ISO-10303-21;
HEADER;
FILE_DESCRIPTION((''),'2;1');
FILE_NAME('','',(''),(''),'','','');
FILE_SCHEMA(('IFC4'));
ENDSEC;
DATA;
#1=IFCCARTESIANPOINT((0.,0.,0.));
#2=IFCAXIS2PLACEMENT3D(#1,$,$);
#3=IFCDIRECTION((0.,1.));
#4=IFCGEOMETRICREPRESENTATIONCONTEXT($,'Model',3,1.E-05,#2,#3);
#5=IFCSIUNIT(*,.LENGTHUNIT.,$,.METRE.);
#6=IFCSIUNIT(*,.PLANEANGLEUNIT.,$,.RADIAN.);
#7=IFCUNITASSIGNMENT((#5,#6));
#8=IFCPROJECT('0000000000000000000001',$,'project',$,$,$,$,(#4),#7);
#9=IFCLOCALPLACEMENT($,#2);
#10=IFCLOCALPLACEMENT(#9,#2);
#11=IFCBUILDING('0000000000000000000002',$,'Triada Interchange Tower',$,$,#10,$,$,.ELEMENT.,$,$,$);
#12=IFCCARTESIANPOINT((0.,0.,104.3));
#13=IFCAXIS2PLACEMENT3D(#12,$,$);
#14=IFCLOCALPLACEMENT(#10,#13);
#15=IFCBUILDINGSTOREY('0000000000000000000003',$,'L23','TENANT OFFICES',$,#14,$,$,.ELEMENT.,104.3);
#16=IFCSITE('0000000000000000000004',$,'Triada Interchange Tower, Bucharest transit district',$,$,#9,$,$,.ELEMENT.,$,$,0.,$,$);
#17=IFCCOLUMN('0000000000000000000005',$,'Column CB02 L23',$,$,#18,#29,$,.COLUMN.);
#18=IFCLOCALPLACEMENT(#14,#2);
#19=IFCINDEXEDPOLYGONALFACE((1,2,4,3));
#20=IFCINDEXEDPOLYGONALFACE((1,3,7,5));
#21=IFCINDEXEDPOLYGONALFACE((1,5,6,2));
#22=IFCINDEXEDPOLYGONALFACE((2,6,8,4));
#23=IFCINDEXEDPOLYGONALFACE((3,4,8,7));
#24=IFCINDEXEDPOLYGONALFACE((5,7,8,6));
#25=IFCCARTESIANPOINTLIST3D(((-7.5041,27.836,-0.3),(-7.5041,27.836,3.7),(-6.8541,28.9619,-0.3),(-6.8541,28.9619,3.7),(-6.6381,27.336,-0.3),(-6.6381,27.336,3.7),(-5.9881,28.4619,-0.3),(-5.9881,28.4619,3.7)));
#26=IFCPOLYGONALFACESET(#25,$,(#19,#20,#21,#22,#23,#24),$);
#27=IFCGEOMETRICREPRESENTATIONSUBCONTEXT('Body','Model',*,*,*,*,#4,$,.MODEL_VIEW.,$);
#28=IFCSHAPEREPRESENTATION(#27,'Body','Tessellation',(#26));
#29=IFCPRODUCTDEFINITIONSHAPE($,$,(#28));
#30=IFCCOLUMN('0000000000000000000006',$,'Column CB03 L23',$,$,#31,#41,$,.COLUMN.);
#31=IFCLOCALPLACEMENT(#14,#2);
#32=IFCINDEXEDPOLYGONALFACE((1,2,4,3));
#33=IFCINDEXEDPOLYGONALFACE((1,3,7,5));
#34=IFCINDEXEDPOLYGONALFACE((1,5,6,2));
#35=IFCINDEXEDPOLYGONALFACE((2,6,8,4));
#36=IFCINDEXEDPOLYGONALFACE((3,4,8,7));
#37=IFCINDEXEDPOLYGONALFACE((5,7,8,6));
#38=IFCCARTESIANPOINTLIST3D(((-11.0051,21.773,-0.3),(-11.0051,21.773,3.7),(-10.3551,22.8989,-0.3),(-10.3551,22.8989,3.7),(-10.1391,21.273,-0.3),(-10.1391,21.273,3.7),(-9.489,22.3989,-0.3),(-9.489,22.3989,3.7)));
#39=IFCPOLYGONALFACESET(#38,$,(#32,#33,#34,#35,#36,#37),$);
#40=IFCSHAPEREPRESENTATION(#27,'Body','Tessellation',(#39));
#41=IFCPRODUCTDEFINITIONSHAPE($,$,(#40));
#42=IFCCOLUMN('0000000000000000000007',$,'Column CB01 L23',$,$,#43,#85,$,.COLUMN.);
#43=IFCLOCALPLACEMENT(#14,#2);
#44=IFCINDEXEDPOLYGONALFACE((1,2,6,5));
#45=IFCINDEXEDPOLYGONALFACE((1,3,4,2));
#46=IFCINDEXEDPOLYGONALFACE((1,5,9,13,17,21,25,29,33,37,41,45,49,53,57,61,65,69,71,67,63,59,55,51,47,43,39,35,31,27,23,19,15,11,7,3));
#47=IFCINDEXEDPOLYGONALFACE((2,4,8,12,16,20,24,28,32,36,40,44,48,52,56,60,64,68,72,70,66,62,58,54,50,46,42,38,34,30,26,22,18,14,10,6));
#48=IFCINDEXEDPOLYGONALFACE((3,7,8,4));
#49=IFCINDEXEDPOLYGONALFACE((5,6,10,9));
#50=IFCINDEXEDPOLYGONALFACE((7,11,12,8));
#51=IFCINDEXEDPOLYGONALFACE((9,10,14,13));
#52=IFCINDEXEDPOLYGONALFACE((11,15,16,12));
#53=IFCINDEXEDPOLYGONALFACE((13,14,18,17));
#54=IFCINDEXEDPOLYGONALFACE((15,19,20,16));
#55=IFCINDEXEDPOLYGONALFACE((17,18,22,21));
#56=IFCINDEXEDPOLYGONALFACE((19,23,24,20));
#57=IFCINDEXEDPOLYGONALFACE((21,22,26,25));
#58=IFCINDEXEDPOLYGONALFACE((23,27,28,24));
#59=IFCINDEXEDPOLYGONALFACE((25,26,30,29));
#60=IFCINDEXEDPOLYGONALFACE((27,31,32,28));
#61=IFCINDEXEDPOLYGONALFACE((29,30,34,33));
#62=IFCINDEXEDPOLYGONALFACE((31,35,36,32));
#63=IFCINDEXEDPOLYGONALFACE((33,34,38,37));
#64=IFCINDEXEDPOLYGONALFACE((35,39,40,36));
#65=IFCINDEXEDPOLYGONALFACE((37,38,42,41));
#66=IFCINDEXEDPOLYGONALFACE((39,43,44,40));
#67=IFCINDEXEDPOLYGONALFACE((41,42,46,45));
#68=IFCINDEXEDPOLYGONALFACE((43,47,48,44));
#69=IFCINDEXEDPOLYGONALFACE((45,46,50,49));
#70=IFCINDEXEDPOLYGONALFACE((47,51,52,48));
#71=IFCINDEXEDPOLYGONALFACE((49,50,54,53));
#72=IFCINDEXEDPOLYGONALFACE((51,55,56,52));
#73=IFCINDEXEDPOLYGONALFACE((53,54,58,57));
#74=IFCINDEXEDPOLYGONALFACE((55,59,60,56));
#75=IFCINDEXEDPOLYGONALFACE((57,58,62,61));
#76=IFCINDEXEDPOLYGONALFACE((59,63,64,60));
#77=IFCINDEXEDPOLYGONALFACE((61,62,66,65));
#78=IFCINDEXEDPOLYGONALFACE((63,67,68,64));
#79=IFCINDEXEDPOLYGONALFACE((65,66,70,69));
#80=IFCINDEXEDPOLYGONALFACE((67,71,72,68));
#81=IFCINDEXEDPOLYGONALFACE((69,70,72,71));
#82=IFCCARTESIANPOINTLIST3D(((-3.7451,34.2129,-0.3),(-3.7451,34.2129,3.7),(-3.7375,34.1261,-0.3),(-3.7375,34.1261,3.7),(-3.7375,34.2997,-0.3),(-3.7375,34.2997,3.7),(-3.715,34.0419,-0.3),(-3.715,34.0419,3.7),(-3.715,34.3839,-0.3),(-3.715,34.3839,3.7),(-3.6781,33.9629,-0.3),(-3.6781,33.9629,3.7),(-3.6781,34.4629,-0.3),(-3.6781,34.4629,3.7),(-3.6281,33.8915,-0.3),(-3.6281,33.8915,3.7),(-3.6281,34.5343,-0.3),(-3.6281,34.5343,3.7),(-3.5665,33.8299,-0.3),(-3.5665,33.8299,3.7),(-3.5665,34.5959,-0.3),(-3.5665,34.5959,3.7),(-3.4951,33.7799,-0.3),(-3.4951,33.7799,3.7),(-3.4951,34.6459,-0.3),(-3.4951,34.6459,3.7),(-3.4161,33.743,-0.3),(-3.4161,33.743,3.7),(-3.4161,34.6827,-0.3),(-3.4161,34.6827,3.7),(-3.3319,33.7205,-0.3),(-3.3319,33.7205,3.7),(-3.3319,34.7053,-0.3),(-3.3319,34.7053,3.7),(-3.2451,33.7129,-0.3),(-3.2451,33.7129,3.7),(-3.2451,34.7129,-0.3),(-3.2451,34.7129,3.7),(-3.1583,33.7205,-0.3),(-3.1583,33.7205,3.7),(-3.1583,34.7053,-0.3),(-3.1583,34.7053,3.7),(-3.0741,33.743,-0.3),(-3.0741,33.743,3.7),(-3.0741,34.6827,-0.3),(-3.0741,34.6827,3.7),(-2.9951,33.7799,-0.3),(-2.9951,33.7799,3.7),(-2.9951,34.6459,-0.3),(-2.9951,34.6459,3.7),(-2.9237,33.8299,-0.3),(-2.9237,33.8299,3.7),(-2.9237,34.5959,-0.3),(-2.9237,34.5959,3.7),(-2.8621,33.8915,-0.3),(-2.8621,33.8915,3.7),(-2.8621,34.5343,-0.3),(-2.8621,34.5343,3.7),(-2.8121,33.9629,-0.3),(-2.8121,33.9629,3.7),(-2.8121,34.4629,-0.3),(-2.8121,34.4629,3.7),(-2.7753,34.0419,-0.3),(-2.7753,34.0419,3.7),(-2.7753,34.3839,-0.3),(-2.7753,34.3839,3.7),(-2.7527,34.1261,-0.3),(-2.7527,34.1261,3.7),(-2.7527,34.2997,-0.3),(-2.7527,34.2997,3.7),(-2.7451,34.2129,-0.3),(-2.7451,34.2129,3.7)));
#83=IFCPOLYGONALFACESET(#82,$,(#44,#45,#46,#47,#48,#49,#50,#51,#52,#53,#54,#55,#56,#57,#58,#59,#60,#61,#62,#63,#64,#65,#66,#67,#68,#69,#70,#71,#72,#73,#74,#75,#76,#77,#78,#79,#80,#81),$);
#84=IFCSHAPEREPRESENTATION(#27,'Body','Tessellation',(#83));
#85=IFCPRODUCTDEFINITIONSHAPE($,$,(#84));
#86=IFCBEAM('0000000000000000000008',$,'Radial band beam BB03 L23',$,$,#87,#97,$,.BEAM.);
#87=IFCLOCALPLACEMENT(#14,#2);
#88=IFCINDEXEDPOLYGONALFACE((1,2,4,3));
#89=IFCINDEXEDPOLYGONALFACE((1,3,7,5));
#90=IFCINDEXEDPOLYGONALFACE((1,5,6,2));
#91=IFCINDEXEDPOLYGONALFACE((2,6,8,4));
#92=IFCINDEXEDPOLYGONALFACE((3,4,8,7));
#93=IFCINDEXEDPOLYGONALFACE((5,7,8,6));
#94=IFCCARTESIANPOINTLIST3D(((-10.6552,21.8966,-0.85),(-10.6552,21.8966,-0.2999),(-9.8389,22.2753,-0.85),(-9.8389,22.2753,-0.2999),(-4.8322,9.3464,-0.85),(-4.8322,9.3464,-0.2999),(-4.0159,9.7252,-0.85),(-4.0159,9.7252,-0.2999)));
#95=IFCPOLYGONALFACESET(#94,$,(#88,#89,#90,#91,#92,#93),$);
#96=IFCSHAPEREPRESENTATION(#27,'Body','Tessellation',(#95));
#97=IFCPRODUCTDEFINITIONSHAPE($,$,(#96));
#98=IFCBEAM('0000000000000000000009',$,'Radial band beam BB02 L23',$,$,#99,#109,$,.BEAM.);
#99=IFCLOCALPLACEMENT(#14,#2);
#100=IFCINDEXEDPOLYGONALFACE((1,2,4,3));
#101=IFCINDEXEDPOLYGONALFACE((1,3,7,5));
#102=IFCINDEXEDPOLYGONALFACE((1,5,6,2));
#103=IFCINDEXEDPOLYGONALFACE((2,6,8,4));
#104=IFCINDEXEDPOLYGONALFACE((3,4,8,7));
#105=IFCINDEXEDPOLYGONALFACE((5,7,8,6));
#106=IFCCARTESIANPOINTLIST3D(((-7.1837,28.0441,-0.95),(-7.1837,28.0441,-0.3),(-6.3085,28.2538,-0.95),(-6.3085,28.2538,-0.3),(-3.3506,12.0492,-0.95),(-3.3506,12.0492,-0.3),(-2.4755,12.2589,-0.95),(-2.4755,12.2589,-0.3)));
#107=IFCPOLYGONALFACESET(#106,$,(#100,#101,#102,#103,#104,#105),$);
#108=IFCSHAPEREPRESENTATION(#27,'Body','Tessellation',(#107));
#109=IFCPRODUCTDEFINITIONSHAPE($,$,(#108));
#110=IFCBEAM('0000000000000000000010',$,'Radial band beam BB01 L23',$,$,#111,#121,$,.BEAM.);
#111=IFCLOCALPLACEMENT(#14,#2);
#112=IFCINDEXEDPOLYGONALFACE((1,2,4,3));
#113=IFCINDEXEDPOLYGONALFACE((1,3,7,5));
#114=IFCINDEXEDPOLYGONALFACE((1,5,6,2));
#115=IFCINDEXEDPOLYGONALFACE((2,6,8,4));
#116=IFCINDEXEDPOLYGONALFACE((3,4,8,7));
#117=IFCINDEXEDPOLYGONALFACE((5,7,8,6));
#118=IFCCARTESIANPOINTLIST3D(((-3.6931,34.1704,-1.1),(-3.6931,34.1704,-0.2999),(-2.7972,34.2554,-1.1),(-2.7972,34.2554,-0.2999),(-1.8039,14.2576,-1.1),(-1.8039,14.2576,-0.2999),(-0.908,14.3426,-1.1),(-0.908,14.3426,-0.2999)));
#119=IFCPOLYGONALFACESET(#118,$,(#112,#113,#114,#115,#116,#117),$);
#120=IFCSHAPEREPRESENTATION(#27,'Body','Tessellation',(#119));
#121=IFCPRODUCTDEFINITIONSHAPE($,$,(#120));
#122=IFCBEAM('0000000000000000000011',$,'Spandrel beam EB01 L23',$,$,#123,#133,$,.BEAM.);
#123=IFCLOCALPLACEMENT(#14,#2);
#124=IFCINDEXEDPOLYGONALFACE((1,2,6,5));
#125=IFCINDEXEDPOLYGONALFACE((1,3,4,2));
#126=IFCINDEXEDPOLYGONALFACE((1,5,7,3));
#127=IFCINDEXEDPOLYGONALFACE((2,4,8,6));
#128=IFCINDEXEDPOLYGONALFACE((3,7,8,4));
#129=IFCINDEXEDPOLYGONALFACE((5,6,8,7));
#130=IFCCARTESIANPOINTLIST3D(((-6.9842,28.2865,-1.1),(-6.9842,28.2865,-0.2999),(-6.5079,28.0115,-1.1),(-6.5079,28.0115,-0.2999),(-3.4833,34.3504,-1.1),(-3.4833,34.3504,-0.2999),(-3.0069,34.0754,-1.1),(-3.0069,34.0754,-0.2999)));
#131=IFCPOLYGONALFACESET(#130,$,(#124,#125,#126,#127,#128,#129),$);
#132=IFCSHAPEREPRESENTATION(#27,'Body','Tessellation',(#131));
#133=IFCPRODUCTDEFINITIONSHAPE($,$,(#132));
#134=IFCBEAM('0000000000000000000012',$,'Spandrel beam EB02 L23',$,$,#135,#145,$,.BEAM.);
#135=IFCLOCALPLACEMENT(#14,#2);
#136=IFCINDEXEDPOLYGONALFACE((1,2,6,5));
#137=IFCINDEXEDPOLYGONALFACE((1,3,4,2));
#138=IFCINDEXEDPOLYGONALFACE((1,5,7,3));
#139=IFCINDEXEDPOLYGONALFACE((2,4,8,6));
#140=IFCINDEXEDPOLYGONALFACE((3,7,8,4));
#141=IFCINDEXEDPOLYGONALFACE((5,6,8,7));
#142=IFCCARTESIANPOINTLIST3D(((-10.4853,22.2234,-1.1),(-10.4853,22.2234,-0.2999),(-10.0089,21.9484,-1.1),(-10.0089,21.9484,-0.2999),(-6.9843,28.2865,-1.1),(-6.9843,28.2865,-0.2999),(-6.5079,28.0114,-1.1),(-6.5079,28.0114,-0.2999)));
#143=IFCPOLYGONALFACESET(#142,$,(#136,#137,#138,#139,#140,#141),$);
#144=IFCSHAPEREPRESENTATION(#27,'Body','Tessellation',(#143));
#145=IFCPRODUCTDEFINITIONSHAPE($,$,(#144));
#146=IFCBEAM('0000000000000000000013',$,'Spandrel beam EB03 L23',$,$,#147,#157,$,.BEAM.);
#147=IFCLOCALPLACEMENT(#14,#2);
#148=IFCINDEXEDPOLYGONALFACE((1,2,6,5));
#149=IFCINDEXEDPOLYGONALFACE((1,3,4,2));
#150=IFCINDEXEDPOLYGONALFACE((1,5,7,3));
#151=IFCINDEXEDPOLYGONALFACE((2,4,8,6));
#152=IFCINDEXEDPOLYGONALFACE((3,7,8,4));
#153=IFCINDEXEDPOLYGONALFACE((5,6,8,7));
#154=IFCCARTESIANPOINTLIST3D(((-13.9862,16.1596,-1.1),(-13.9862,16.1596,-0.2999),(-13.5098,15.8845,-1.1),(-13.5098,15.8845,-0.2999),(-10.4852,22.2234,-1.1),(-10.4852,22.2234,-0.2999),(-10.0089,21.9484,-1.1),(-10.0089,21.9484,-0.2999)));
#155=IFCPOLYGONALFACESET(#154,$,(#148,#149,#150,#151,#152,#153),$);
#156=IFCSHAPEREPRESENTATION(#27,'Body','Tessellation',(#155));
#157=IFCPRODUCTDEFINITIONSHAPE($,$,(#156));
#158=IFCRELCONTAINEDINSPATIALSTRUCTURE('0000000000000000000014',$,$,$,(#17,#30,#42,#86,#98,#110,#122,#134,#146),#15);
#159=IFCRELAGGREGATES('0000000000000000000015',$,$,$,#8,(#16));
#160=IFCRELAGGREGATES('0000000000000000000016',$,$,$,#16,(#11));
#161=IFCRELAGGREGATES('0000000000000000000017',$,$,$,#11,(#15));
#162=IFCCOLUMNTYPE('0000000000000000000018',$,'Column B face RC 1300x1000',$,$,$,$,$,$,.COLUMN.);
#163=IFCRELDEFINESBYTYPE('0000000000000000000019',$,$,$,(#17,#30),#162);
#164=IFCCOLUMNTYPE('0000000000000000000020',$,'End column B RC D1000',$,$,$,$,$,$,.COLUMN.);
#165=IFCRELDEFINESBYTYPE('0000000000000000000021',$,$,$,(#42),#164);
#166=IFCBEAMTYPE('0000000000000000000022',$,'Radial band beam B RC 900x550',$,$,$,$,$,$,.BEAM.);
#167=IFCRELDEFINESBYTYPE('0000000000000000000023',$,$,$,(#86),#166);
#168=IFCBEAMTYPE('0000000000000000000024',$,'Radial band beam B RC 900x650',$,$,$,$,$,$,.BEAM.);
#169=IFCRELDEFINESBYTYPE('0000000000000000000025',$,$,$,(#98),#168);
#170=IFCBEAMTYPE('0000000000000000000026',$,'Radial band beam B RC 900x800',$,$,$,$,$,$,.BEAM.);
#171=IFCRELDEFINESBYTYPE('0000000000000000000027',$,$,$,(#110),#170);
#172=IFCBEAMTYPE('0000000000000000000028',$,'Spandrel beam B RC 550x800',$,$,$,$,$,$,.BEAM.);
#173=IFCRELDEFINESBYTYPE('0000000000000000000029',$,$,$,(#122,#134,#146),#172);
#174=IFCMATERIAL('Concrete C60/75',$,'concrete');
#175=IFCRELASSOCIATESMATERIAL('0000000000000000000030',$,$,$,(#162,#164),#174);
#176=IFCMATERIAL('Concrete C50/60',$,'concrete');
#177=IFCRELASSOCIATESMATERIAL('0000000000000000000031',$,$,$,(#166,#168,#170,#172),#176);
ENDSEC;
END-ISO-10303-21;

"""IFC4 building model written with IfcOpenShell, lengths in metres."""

from ifc_helpers import new_model, si_unit, direction, frame, origin, origin_2d, place, context, subcontext, project, spatial, rectangle, circle, extrude, material, material_profile, profile_set, type_object, element, save


model = new_model("IFC4")

# Units and contexts
model_context = context("Model", 3, precision=1e-05, world=origin(), true_north=direction((0.0, 1.0)))
body_context = subcontext(model_context, "Body", "Model", "MODEL_VIEW")
ifc_project = project(units=[si_unit("LENGTHUNIT", "METRE"), si_unit("PLANEANGLEUNIT", "RADIAN")], contexts=[model_context])

# Site, building, storey
site_placement = place(None, origin())
site = spatial("IfcSite", under=ifc_project, at=site_placement, Name="Triada Interchange Tower, Bucharest transit district", CompositionType="ELEMENT", RefElevation=0.0)
building_placement = place(site_placement, origin())
building = spatial("IfcBuilding", under=site, at=building_placement, Name="Triada Interchange Tower", CompositionType="ELEMENT")
storey_placement = place(building_placement, frame((0.0, 0.0, 104.3)))
storey = spatial("IfcBuildingStorey", under=building, at=storey_placement, Name="L23", Description="TENANT OFFICES", CompositionType="ELEMENT", Elevation=104.3)

# Columns
ifc_material_1 = material(Name="Concrete C60/75", Category="concrete")
ifc_material_profile_1 = material_profile(ifc_material_1, rectangle(XDim=1.3, YDim=1.0, at=origin_2d()), Name="RC 1300x1000")
ifc_profile_set_1 = profile_set([ifc_material_profile_1], Name="Concrete C60/75")
column_type_1 = type_object("IfcColumnType", Name="Column B face RC 1300x1000", PredefinedType="COLUMN", material=ifc_profile_set_1)
for number, where, z_axis, x_axis, name in (
    (1, (-6.7461, 28.1489, -0.3), (0.0, 0.0, 1.0), (0.5, 0.866025, 0.0), "Column CB02 L23"),
    (2, (-10.2471, 22.0859, -0.3), (0.0, 0.0, 1.0), (0.5, 0.866025, 0.0), "Column CB03 L23"),
):
    element("IfcColumn", number, at=place(storey_placement, frame(where, z_axis=z_axis, x_axis=x_axis)), inside=storey, type_object=column_type_1, Name=name, PredefinedType="COLUMN", context=body_context, shape_type="SweptSolid", body=[
        extrude(rectangle(XDim=1.3, YDim=1.0, at=origin_2d()), origin(), (0.0, 0.0, 1.0), 4.0),
    ])
ifc_material_profile_2 = material_profile(ifc_material_1, circle(Radius=0.5, at=origin_2d()), Name="RC D1000")
ifc_profile_set_2 = profile_set([ifc_material_profile_2], Name="Concrete C60/75")
column_type_2 = type_object("IfcColumnType", Name="End column B RC D1000", PredefinedType="COLUMN", material=ifc_profile_set_2)
column_placement = place(storey_placement, frame((-3.2451, 34.2129, -0.3), z_axis=(0.0, 0.0, 1.0), x_axis=(0.5, 0.866025, 0.0)))
element("IfcColumn", 3, at=column_placement, inside=storey, type_object=column_type_2, Name="Column CB01 L23", PredefinedType="COLUMN", context=body_context, shape_type="SweptSolid", body=[
    extrude(circle(Radius=0.5, at=origin_2d()), origin(), (0.0, 0.0, 1.0), 4.0),
])

# Beams
ifc_material_2 = material(Name="Concrete C50/60", Category="concrete")
ifc_material_profile_3 = material_profile(ifc_material_2, rectangle(XDim=0.8999, YDim=0.55, at=origin_2d()), Name="RC 900x550")
ifc_profile_set_3 = profile_set([ifc_material_profile_3], Name="Concrete C50/60")
beam_type_1 = type_object("IfcBeamType", Name="Radial band beam B RC 900x550", PredefinedType="BEAM", material=ifc_profile_set_3)
beam_1_placement = place(storey_placement, frame((-10.2471, 22.0859, -0.575), z_axis=(0.420885, -0.907114, 0.0), x_axis=(0.907114, 0.420885, 0.0)))
element("IfcBeam", 4, at=beam_1_placement, inside=storey, type_object=beam_type_1, Name="Radial band beam BB03 L23", PredefinedType="BEAM", context=body_context, shape_type="SweptSolid", body=[
    extrude(rectangle(XDim=0.8999, YDim=0.55, at=origin_2d()), origin(), (0.0, 0.0, 1.0), 13.8352),
])
ifc_material_profile_4 = material_profile(ifc_material_2, rectangle(XDim=0.8999, YDim=0.6499, at=origin_2d()), Name="RC 900x650")
ifc_profile_set_4 = profile_set([ifc_material_profile_4], Name="Concrete C50/60")
beam_type_2 = type_object("IfcBeamType", Name="Radial band beam B RC 900x650", PredefinedType="BEAM", material=ifc_profile_set_4)
beam_2_placement = place(storey_placement, frame((-6.7461, 28.1489, -0.625), z_axis=(0.233042, -0.972467, 0.0), x_axis=(0.972467, 0.233042, 0.0)))
element("IfcBeam", 5, at=beam_2_placement, inside=storey, type_object=beam_type_2, Name="Radial band beam BB02 L23", PredefinedType="BEAM", context=body_context, shape_type="SweptSolid", body=[
    extrude(rectangle(XDim=0.8999, YDim=0.6499, at=origin_2d()), origin(), (0.0, 0.0, 1.0), 16.4478),
])
ifc_material_profile_5 = material_profile(ifc_material_2, rectangle(XDim=0.8999, YDim=0.8, at=origin_2d()), Name="RC 900x800")
ifc_profile_set_5 = profile_set([ifc_material_profile_5], Name="Concrete C50/60")
beam_type_3 = type_object("IfcBeamType", Name="Radial band beam B RC 900x800", PredefinedType="BEAM", material=ifc_profile_set_5)
beam_3_placement = place(storey_placement, frame((-3.2451, 34.2129, -0.7), z_axis=(0.094447, -0.99553, 0.0), x_axis=(0.99553, 0.094447, 0.0)))
element("IfcBeam", 6, at=beam_3_placement, inside=storey, type_object=beam_type_3, Name="Radial band beam BB01 L23", PredefinedType="BEAM", context=body_context, shape_type="SweptSolid", body=[
    extrude(rectangle(XDim=0.8999, YDim=0.8, at=origin_2d()), origin(), (0.0, 0.0, 1.0), 20.0022),
])
ifc_material_profile_6 = material_profile(ifc_material_2, rectangle(XDim=0.55, YDim=0.8, at=origin_2d()), Name="RC 550x800")
ifc_profile_set_6 = profile_set([ifc_material_profile_6], Name="Concrete C50/60")
beam_type_4 = type_object("IfcBeamType", Name="Spandrel beam B RC 550x800", PredefinedType="BEAM", material=ifc_profile_set_6)
beam_4_placement = place(storey_placement, frame((-3.2451, 34.2129, -0.7), z_axis=(-0.499994, -0.866029, 0.0), x_axis=(0.866029, -0.499994, 0.0)))
element("IfcBeam", 7, at=beam_4_placement, inside=storey, type_object=beam_type_4, Name="Spandrel beam EB01 L23", PredefinedType="BEAM", context=body_context, shape_type="SweptSolid", body=[
    extrude(rectangle(XDim=0.55, YDim=0.8, at=origin_2d()), origin(), (0.0, 0.0, 1.0), 7.002),
])
beam_5_placement = place(storey_placement, frame((-6.7461, 28.1489, -0.7), z_axis=(-0.500054, -0.865994, 0.0), x_axis=(0.865994, -0.500054, 0.0)))
element("IfcBeam", 8, at=beam_5_placement, inside=storey, type_object=beam_type_4, Name="Spandrel beam EB02 L23", PredefinedType="BEAM", context=body_context, shape_type="SweptSolid", body=[
    extrude(rectangle(XDim=0.55, YDim=0.8, at=origin_2d()), origin(), (0.0, 0.0, 1.0), 7.0012),
])
beam_6_placement = place(storey_placement, frame((-10.2471, 22.0859, -0.7), z_axis=(-0.499994, -0.866029, 0.0), x_axis=(0.866029, -0.499994, 0.0)))
element("IfcBeam", 9, at=beam_6_placement, inside=storey, type_object=beam_type_4, Name="Spandrel beam EB03 L23", PredefinedType="BEAM", context=body_context, shape_type="SweptSolid", body=[
    extrude(rectangle(XDim=0.55, YDim=0.8, at=origin_2d()), origin(), (0.0, 0.0, 1.0), 7.002),
])

save(model, "model.ifc")
